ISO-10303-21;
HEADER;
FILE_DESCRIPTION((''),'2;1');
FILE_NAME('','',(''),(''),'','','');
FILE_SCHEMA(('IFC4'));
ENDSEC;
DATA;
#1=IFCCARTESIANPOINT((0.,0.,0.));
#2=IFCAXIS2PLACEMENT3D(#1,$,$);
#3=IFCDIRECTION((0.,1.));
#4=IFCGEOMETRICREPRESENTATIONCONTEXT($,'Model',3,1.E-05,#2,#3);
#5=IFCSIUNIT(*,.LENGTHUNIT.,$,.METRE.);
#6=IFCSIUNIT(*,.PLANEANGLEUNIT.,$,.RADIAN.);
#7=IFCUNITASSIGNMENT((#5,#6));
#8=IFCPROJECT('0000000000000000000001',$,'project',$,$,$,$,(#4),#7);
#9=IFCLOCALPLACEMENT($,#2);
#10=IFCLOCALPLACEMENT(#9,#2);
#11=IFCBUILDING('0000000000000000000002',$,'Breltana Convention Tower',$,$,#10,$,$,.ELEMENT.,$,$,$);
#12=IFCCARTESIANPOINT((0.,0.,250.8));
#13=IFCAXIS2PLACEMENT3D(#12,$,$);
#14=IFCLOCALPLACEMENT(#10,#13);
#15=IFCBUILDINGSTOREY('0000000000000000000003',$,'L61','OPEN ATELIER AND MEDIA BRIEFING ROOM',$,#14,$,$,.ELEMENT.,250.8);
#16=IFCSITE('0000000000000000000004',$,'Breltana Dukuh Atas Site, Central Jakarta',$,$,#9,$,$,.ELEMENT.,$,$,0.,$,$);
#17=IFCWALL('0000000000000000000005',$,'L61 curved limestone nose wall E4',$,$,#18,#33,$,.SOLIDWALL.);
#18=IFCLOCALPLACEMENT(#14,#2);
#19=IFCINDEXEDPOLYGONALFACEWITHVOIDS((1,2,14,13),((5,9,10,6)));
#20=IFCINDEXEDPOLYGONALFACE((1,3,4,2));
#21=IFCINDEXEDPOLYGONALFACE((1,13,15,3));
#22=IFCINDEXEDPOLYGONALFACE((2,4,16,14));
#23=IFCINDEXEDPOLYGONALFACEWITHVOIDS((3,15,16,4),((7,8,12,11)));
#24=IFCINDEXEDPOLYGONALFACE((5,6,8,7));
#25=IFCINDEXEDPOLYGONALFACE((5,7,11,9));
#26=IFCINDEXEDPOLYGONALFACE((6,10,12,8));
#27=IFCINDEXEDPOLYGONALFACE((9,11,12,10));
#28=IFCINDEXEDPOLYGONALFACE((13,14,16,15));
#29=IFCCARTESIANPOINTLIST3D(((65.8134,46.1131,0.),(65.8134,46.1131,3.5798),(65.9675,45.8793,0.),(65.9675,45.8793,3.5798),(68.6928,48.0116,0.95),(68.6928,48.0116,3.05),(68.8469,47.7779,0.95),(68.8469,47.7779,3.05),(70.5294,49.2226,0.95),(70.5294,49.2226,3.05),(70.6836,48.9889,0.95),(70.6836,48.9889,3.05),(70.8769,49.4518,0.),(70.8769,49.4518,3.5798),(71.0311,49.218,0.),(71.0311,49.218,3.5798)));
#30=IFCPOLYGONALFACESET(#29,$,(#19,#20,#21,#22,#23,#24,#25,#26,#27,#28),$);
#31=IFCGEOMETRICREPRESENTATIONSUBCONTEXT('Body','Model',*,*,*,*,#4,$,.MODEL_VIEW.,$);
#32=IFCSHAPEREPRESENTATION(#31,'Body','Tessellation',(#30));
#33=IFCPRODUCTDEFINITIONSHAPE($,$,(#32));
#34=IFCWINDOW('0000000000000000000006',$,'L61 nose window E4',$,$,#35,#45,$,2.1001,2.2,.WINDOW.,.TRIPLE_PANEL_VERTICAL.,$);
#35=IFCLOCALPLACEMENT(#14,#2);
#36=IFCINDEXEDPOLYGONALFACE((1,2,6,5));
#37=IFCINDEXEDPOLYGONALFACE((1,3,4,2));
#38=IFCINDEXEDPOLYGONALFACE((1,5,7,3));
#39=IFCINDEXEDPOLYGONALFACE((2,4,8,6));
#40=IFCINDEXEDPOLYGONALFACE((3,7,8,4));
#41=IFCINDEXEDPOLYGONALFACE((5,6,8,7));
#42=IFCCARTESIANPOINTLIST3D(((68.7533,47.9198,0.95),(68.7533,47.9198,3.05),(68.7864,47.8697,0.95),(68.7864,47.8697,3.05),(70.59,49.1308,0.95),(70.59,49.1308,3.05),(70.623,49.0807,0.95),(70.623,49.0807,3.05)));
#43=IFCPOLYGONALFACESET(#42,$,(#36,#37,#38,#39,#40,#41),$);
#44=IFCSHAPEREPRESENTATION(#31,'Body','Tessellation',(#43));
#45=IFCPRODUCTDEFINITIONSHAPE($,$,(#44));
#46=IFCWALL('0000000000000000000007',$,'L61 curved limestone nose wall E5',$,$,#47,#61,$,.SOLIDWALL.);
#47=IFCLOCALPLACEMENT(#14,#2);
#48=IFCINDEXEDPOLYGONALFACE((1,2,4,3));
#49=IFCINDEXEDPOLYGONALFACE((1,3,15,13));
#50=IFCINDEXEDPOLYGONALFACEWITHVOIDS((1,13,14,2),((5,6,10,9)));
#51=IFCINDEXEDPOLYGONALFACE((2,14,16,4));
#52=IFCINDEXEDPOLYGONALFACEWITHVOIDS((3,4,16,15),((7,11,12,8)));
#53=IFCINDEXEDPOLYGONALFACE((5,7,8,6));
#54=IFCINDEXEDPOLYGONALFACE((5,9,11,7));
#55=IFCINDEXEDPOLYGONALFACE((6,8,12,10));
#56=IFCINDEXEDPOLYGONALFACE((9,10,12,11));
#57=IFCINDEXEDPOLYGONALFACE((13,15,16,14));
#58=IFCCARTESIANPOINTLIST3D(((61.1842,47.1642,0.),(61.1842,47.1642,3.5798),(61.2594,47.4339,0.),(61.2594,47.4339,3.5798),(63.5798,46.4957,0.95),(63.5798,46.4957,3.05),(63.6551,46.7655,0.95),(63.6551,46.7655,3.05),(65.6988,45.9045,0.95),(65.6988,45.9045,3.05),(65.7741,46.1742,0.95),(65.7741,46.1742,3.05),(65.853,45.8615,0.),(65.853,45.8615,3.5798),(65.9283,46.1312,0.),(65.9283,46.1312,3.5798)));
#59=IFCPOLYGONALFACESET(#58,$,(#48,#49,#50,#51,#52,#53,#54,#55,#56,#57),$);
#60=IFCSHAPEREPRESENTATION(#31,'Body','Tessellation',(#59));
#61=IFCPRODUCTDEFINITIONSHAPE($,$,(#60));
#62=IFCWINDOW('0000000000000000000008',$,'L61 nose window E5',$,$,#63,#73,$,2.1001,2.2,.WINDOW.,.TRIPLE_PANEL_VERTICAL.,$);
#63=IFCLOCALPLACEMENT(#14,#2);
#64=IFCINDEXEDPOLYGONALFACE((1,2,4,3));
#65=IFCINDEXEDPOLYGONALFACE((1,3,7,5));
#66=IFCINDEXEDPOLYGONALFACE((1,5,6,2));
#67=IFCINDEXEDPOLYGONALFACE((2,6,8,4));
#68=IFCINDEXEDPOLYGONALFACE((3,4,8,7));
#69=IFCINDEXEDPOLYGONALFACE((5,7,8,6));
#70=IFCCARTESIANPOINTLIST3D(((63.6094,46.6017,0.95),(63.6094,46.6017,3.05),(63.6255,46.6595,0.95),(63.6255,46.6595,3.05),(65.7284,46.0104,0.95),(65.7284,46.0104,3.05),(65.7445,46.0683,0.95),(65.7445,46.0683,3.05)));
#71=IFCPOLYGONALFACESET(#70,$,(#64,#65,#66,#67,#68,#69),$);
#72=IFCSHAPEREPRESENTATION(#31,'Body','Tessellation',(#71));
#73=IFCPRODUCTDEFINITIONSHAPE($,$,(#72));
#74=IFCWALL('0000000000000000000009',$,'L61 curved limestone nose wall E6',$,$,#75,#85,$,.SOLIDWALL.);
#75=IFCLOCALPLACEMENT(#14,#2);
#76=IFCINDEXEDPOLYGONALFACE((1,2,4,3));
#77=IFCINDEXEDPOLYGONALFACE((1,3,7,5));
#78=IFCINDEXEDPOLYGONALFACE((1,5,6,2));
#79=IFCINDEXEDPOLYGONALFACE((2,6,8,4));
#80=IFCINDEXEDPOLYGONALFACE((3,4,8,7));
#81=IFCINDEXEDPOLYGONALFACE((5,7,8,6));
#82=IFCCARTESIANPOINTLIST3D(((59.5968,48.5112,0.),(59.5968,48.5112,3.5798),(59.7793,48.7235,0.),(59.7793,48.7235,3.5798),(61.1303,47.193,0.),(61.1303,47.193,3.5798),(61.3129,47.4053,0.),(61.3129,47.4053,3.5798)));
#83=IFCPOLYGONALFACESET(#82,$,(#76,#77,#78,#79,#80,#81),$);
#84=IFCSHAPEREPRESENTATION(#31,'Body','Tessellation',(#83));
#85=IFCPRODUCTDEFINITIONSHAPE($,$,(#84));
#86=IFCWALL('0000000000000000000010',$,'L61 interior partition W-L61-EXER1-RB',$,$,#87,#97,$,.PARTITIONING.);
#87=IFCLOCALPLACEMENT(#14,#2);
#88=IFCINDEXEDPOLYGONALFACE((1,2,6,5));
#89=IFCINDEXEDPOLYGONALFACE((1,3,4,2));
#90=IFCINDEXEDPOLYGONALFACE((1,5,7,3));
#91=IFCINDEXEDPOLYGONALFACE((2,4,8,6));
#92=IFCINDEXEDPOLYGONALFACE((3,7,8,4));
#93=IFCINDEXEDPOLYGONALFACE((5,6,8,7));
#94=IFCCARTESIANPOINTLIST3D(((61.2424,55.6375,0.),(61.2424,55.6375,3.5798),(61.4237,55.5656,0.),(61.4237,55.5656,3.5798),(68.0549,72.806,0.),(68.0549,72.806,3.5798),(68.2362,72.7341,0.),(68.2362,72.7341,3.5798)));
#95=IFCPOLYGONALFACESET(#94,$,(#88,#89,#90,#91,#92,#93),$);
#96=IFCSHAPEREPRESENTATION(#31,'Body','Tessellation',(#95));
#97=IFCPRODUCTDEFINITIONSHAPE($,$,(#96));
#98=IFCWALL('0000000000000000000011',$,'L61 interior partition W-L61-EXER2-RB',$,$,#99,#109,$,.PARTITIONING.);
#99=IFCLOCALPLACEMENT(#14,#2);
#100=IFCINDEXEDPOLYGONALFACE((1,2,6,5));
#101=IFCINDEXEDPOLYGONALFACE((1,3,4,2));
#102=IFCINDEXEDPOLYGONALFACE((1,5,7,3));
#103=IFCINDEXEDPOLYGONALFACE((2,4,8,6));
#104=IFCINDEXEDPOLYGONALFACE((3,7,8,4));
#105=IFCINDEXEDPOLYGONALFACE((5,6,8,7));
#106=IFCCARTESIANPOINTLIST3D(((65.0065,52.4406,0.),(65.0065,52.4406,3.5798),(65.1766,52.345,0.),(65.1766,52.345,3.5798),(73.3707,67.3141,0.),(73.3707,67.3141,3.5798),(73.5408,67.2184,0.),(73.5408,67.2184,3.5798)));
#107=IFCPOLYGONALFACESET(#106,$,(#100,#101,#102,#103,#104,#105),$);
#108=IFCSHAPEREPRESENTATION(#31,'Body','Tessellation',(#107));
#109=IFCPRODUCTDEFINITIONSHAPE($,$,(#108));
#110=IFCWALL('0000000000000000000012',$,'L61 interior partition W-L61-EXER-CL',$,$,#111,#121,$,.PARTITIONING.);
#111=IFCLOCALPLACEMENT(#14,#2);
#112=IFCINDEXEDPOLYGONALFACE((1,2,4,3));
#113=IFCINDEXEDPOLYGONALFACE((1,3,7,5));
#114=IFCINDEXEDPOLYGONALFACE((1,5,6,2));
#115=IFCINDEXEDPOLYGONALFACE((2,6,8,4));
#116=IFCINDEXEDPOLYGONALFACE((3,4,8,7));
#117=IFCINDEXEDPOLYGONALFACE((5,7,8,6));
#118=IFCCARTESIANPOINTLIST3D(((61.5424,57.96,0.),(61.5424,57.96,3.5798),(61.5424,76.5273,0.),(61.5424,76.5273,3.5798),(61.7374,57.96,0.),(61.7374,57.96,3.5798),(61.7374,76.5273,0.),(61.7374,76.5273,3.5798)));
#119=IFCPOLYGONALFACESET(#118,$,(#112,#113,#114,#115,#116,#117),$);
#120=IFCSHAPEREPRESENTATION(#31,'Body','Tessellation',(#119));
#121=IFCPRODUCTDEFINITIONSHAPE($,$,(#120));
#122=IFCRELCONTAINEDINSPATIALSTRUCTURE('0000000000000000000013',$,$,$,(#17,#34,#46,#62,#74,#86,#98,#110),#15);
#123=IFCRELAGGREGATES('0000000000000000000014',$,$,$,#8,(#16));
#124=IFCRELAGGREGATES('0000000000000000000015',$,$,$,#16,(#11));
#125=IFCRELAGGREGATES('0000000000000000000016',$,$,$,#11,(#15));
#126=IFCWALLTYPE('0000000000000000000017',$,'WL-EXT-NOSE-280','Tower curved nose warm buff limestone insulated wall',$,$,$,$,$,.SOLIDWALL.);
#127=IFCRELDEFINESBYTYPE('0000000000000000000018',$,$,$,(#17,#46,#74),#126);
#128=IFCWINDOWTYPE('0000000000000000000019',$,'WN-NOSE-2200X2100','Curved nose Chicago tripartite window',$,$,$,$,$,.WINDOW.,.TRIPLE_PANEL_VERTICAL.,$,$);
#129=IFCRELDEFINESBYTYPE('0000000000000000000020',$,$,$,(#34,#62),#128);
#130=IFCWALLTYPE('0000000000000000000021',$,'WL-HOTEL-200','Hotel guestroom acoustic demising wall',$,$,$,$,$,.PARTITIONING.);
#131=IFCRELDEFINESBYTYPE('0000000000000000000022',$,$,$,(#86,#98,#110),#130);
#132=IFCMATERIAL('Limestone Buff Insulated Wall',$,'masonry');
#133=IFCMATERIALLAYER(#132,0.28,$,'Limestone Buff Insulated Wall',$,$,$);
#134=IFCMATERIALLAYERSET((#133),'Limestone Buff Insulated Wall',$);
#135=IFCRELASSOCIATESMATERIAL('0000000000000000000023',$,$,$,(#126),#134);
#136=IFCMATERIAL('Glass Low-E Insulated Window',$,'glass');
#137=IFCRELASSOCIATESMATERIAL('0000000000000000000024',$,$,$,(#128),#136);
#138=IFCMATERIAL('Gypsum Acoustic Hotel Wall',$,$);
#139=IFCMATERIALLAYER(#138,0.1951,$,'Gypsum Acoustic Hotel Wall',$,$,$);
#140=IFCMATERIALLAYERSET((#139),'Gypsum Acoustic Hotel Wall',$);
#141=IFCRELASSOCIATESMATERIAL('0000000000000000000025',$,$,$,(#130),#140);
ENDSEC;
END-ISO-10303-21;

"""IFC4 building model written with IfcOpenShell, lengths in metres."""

from ifc_helpers import new_model, si_unit, direction, frame, frame_2d, origin, place, context, subcontext, project, spatial, rectangle, extrude, source, transform, mapped, material, layer, layer_set, type_object, type_shapes, element, fill, save


model = new_model("IFC4")

# Units and contexts
model_context = context("Model", 3, precision=1e-05, world=origin(), true_north=direction((0.0, 1.0)))
body_context = subcontext(model_context, "Body", "Model", "MODEL_VIEW")
ifc_project = project(units=[si_unit("LENGTHUNIT", "METRE"), si_unit("PLANEANGLEUNIT", "RADIAN")], contexts=[model_context])

# Site, building, storey
site_placement = place(None, origin())
site = spatial("IfcSite", under=ifc_project, at=site_placement, Name="Breltana Dukuh Atas Site, Central Jakarta", CompositionType="ELEMENT", RefElevation=0.0)
building_placement = place(site_placement, origin())
building = spatial("IfcBuilding", under=site, at=building_placement, Name="Breltana Convention Tower", CompositionType="ELEMENT")
storey_placement = place(building_placement, frame((0.0, 0.0, 250.8)))
storey = spatial("IfcBuildingStorey", under=building, at=storey_placement, Name="L61", Description="OPEN ATELIER AND MEDIA BRIEFING ROOM", CompositionType="ELEMENT", Elevation=250.8)

# Walls, openings, windows
ifc_material_1 = material(Name="Limestone Buff Insulated Wall", Category="masonry")
ifc_layer_1 = layer(ifc_material_1, 0.28, Name="Limestone Buff Insulated Wall")
ifc_layer_set_1 = layer_set([ifc_layer_1], Name="Limestone Buff Insulated Wall")
wall_type_1 = type_object("IfcWallType", Name="WL-EXT-NOSE-280", Description="Tower curved nose warm buff limestone insulated wall", PredefinedType="SOLIDWALL", material=ifc_layer_set_1)
ifc_material_2 = material(Name="Glass Low-E Insulated Window", Category="glass")
window_type = type_object("IfcWindowType", Name="WN-NOSE-2200X2100", Description="Curved nose Chicago tripartite window", PartitioningType="TRIPLE_PANEL_VERTICAL", PredefinedType="WINDOW", material=ifc_material_2)
shared_shape_1 = source(origin(), body_context, "Body", "SweptSolid", [
    extrude(rectangle(XDim=2.2, YDim=2.1001, at=frame_2d((1.1001, 1.05))), frame((0.0, 0.03, 0.0), z_axis=(0.0, -1.0, 0.0), x_axis=(1.0, 0.0, 0.0)), (0.0, 0.0, 1.0), 0.0601),
])
type_shapes(window_type, [shared_shape_1])
shared_shape_2 = source(origin(), body_context, "Body", "SweptSolid", [
    extrude(rectangle(XDim=6.0652, YDim=0.28, at=frame_2d((3.0327, 0.0))), origin(), (0.0, 0.0, 1.0), 3.5798),
])
wall_1_placement = place(storey_placement, frame((70.9541, 49.335, 0.0), z_axis=(0.0, 0.0, 1.0), x_axis=(-0.834857, -0.550466, 0.0)))
wall_1 = element("IfcWall", 1, at=wall_1_placement, inside=storey, type_object=wall_type_1, Name="L61 curved limestone nose wall E4", PredefinedType="SOLIDWALL", context=body_context, shape_type="MappedRepresentation", body=[
    mapped(shared_shape_2, transform((0.0, 0.0, 0.0), scale=1.0)),
])
opening_1_placement = place(wall_1_placement, frame((0.4163, 0.0, 0.95)))
opening_1 = element("IfcOpeningElement", 2, at=opening_1_placement, cuts=wall_1, PredefinedType="OPENING", context=body_context, shape_type="SweptSolid", body=[
    extrude(rectangle(XDim=2.2, YDim=2.1001, at=frame_2d((1.1001, 1.05))), frame((0.0, 0.1499, 0.0), z_axis=(0.0, -1.0, 0.0), x_axis=(1.0, 0.0, 0.0)), (0.0, 0.0, 1.0), 0.3),
])
window_1_placement = place(opening_1_placement, origin())
window_1 = element("IfcWindow", 3, at=window_1_placement, inside=storey, type_object=window_type, Name="L61 nose window E4", OverallHeight=2.1001, OverallWidth=2.2, PartitioningType="TRIPLE_PANEL_VERTICAL", PredefinedType="WINDOW", context=body_context, shape_type="MappedRepresentation", body=[
    mapped(shared_shape_1, transform((0.0, 0.0, 0.0), scale=1.0)),
])
fill(opening_1, window_1)
shared_shape_3 = source(origin(), body_context, "Body", "SweptSolid", [
    extrude(rectangle(XDim=4.8472, YDim=0.28, at=frame_2d((2.4236, 0.0))), origin(), (0.0, 0.0, 1.0), 3.5798),
])
wall_2_placement = place(storey_placement, frame((65.8906, 45.9963, 0.0), z_axis=(0.0, 0.0, 1.0), x_axis=(-0.963208, 0.268756, 0.0)))
wall_2 = element("IfcWall", 4, at=wall_2_placement, inside=storey, type_object=wall_type_1, Name="L61 curved limestone nose wall E5", PredefinedType="SOLIDWALL", context=body_context, shape_type="MappedRepresentation", body=[
    mapped(shared_shape_3, transform((0.0, 0.0, 0.0), scale=1.0)),
])
opening_2_placement = place(wall_2_placement, frame((0.1599, 0.0, 0.95)))
opening_2 = element("IfcOpeningElement", 5, at=opening_2_placement, cuts=wall_2, PredefinedType="OPENING", context=body_context, shape_type="SweptSolid", body=[
    extrude(rectangle(XDim=2.2, YDim=2.1001, at=frame_2d((1.1001, 1.05))), frame((0.0, 0.1499, 0.0), z_axis=(0.0, -1.0, 0.0), x_axis=(1.0, 0.0, 0.0)), (0.0, 0.0, 1.0), 0.3),
])
window_2_placement = place(opening_2_placement, origin())
window_2 = element("IfcWindow", 6, at=window_2_placement, inside=storey, type_object=window_type, Name="L61 nose window E5", OverallHeight=2.1001, OverallWidth=2.2, PartitioningType="TRIPLE_PANEL_VERTICAL", PredefinedType="WINDOW", context=body_context, shape_type="MappedRepresentation", body=[
    mapped(shared_shape_1, transform((0.0, 0.0, 0.0), scale=1.0)),
])
fill(opening_2, window_2)

# Walls
shared_shape_4 = source(origin(), body_context, "Body", "SweptSolid", [
    extrude(rectangle(XDim=2.0222, YDim=0.28, at=frame_2d((1.0112, 0.0))), origin(), (0.0, 0.0, 1.0), 3.5798),
])
wall_3_placement = place(storey_placement, frame((61.2217, 47.2991, 0.0), z_axis=(0.0, 0.0, 1.0), x_axis=(-0.758344, 0.651855, 0.0)))
element("IfcWall", 7, at=wall_3_placement, inside=storey, type_object=wall_type_1, Name="L61 curved limestone nose wall E6", PredefinedType="SOLIDWALL", context=body_context, shape_type="MappedRepresentation", body=[
    mapped(shared_shape_4, transform((0.0, 0.0, 0.0), scale=1.0)),
])
ifc_material_3 = material(Name="Gypsum Acoustic Hotel Wall")
ifc_layer_2 = layer(ifc_material_3, 0.1951, Name="Gypsum Acoustic Hotel Wall")
ifc_layer_set_2 = layer_set([ifc_layer_2], Name="Gypsum Acoustic Hotel Wall")
wall_type_2 = type_object("IfcWallType", Name="WL-HOTEL-200", Description="Hotel guestroom acoustic demising wall", PredefinedType="PARTITIONING", material=ifc_layer_set_2)
shared_shape_5 = source(origin(), body_context, "Body", "SweptSolid", [
    extrude(rectangle(XDim=18.4707, YDim=0.1951, at=frame_2d((9.2354, 0.0))), origin(), (0.0, 0.0, 1.0), 3.5798),
])
wall_4_placement = place(storey_placement, frame((61.333, 55.6016, 0.0), z_axis=(0.0, 0.0, 1.0), x_axis=(0.368828, 0.929498, 0.0)))
element("IfcWall", 8, at=wall_4_placement, inside=storey, type_object=wall_type_2, Name="L61 interior partition W-L61-EXER1-RB", PredefinedType="PARTITIONING", context=body_context, shape_type="MappedRepresentation", body=[
    mapped(shared_shape_5, transform((0.0, 0.0, 0.0), scale=1.0)),
])

# Walls
shared_shape_6 = source(origin(), body_context, "Body", "SweptSolid", [
    extrude(rectangle(XDim=17.064, YDim=0.1951, at=frame_2d((8.532, 0.0))), origin(), (0.0, 0.0, 1.0), 3.5798),
])
wall_5_placement = place(storey_placement, frame((65.0916, 52.3928, 0.0), z_axis=(0.0, 0.0, 1.0), x_axis=(0.490167, 0.871628, 0.0)))
element("IfcWall", 9, at=wall_5_placement, inside=storey, type_object=wall_type_2, Name="L61 interior partition W-L61-EXER2-RB", PredefinedType="PARTITIONING", context=body_context, shape_type="MappedRepresentation", body=[
    mapped(shared_shape_6, transform((0.0, 0.0, 0.0), scale=1.0)),
])
shared_shape_7 = source(origin(), body_context, "Body", "SweptSolid", [
    extrude(rectangle(XDim=18.5674, YDim=0.1951, at=frame_2d((9.2837, 0.0))), origin(), (0.0, 0.0, 1.0), 3.5798),
])
wall_6_placement = place(storey_placement, frame((61.6399, 57.96, 0.0), z_axis=(0.0, 0.0, 1.0), x_axis=(0.0, 1.0, 0.0)))
element("IfcWall", 10, at=wall_6_placement, inside=storey, type_object=wall_type_2, Name="L61 interior partition W-L61-EXER-CL", PredefinedType="PARTITIONING", context=body_context, shape_type="MappedRepresentation", body=[
    mapped(shared_shape_7, transform((0.0, 0.0, 0.0), scale=1.0)),
])

save(model, "model.ifc")
